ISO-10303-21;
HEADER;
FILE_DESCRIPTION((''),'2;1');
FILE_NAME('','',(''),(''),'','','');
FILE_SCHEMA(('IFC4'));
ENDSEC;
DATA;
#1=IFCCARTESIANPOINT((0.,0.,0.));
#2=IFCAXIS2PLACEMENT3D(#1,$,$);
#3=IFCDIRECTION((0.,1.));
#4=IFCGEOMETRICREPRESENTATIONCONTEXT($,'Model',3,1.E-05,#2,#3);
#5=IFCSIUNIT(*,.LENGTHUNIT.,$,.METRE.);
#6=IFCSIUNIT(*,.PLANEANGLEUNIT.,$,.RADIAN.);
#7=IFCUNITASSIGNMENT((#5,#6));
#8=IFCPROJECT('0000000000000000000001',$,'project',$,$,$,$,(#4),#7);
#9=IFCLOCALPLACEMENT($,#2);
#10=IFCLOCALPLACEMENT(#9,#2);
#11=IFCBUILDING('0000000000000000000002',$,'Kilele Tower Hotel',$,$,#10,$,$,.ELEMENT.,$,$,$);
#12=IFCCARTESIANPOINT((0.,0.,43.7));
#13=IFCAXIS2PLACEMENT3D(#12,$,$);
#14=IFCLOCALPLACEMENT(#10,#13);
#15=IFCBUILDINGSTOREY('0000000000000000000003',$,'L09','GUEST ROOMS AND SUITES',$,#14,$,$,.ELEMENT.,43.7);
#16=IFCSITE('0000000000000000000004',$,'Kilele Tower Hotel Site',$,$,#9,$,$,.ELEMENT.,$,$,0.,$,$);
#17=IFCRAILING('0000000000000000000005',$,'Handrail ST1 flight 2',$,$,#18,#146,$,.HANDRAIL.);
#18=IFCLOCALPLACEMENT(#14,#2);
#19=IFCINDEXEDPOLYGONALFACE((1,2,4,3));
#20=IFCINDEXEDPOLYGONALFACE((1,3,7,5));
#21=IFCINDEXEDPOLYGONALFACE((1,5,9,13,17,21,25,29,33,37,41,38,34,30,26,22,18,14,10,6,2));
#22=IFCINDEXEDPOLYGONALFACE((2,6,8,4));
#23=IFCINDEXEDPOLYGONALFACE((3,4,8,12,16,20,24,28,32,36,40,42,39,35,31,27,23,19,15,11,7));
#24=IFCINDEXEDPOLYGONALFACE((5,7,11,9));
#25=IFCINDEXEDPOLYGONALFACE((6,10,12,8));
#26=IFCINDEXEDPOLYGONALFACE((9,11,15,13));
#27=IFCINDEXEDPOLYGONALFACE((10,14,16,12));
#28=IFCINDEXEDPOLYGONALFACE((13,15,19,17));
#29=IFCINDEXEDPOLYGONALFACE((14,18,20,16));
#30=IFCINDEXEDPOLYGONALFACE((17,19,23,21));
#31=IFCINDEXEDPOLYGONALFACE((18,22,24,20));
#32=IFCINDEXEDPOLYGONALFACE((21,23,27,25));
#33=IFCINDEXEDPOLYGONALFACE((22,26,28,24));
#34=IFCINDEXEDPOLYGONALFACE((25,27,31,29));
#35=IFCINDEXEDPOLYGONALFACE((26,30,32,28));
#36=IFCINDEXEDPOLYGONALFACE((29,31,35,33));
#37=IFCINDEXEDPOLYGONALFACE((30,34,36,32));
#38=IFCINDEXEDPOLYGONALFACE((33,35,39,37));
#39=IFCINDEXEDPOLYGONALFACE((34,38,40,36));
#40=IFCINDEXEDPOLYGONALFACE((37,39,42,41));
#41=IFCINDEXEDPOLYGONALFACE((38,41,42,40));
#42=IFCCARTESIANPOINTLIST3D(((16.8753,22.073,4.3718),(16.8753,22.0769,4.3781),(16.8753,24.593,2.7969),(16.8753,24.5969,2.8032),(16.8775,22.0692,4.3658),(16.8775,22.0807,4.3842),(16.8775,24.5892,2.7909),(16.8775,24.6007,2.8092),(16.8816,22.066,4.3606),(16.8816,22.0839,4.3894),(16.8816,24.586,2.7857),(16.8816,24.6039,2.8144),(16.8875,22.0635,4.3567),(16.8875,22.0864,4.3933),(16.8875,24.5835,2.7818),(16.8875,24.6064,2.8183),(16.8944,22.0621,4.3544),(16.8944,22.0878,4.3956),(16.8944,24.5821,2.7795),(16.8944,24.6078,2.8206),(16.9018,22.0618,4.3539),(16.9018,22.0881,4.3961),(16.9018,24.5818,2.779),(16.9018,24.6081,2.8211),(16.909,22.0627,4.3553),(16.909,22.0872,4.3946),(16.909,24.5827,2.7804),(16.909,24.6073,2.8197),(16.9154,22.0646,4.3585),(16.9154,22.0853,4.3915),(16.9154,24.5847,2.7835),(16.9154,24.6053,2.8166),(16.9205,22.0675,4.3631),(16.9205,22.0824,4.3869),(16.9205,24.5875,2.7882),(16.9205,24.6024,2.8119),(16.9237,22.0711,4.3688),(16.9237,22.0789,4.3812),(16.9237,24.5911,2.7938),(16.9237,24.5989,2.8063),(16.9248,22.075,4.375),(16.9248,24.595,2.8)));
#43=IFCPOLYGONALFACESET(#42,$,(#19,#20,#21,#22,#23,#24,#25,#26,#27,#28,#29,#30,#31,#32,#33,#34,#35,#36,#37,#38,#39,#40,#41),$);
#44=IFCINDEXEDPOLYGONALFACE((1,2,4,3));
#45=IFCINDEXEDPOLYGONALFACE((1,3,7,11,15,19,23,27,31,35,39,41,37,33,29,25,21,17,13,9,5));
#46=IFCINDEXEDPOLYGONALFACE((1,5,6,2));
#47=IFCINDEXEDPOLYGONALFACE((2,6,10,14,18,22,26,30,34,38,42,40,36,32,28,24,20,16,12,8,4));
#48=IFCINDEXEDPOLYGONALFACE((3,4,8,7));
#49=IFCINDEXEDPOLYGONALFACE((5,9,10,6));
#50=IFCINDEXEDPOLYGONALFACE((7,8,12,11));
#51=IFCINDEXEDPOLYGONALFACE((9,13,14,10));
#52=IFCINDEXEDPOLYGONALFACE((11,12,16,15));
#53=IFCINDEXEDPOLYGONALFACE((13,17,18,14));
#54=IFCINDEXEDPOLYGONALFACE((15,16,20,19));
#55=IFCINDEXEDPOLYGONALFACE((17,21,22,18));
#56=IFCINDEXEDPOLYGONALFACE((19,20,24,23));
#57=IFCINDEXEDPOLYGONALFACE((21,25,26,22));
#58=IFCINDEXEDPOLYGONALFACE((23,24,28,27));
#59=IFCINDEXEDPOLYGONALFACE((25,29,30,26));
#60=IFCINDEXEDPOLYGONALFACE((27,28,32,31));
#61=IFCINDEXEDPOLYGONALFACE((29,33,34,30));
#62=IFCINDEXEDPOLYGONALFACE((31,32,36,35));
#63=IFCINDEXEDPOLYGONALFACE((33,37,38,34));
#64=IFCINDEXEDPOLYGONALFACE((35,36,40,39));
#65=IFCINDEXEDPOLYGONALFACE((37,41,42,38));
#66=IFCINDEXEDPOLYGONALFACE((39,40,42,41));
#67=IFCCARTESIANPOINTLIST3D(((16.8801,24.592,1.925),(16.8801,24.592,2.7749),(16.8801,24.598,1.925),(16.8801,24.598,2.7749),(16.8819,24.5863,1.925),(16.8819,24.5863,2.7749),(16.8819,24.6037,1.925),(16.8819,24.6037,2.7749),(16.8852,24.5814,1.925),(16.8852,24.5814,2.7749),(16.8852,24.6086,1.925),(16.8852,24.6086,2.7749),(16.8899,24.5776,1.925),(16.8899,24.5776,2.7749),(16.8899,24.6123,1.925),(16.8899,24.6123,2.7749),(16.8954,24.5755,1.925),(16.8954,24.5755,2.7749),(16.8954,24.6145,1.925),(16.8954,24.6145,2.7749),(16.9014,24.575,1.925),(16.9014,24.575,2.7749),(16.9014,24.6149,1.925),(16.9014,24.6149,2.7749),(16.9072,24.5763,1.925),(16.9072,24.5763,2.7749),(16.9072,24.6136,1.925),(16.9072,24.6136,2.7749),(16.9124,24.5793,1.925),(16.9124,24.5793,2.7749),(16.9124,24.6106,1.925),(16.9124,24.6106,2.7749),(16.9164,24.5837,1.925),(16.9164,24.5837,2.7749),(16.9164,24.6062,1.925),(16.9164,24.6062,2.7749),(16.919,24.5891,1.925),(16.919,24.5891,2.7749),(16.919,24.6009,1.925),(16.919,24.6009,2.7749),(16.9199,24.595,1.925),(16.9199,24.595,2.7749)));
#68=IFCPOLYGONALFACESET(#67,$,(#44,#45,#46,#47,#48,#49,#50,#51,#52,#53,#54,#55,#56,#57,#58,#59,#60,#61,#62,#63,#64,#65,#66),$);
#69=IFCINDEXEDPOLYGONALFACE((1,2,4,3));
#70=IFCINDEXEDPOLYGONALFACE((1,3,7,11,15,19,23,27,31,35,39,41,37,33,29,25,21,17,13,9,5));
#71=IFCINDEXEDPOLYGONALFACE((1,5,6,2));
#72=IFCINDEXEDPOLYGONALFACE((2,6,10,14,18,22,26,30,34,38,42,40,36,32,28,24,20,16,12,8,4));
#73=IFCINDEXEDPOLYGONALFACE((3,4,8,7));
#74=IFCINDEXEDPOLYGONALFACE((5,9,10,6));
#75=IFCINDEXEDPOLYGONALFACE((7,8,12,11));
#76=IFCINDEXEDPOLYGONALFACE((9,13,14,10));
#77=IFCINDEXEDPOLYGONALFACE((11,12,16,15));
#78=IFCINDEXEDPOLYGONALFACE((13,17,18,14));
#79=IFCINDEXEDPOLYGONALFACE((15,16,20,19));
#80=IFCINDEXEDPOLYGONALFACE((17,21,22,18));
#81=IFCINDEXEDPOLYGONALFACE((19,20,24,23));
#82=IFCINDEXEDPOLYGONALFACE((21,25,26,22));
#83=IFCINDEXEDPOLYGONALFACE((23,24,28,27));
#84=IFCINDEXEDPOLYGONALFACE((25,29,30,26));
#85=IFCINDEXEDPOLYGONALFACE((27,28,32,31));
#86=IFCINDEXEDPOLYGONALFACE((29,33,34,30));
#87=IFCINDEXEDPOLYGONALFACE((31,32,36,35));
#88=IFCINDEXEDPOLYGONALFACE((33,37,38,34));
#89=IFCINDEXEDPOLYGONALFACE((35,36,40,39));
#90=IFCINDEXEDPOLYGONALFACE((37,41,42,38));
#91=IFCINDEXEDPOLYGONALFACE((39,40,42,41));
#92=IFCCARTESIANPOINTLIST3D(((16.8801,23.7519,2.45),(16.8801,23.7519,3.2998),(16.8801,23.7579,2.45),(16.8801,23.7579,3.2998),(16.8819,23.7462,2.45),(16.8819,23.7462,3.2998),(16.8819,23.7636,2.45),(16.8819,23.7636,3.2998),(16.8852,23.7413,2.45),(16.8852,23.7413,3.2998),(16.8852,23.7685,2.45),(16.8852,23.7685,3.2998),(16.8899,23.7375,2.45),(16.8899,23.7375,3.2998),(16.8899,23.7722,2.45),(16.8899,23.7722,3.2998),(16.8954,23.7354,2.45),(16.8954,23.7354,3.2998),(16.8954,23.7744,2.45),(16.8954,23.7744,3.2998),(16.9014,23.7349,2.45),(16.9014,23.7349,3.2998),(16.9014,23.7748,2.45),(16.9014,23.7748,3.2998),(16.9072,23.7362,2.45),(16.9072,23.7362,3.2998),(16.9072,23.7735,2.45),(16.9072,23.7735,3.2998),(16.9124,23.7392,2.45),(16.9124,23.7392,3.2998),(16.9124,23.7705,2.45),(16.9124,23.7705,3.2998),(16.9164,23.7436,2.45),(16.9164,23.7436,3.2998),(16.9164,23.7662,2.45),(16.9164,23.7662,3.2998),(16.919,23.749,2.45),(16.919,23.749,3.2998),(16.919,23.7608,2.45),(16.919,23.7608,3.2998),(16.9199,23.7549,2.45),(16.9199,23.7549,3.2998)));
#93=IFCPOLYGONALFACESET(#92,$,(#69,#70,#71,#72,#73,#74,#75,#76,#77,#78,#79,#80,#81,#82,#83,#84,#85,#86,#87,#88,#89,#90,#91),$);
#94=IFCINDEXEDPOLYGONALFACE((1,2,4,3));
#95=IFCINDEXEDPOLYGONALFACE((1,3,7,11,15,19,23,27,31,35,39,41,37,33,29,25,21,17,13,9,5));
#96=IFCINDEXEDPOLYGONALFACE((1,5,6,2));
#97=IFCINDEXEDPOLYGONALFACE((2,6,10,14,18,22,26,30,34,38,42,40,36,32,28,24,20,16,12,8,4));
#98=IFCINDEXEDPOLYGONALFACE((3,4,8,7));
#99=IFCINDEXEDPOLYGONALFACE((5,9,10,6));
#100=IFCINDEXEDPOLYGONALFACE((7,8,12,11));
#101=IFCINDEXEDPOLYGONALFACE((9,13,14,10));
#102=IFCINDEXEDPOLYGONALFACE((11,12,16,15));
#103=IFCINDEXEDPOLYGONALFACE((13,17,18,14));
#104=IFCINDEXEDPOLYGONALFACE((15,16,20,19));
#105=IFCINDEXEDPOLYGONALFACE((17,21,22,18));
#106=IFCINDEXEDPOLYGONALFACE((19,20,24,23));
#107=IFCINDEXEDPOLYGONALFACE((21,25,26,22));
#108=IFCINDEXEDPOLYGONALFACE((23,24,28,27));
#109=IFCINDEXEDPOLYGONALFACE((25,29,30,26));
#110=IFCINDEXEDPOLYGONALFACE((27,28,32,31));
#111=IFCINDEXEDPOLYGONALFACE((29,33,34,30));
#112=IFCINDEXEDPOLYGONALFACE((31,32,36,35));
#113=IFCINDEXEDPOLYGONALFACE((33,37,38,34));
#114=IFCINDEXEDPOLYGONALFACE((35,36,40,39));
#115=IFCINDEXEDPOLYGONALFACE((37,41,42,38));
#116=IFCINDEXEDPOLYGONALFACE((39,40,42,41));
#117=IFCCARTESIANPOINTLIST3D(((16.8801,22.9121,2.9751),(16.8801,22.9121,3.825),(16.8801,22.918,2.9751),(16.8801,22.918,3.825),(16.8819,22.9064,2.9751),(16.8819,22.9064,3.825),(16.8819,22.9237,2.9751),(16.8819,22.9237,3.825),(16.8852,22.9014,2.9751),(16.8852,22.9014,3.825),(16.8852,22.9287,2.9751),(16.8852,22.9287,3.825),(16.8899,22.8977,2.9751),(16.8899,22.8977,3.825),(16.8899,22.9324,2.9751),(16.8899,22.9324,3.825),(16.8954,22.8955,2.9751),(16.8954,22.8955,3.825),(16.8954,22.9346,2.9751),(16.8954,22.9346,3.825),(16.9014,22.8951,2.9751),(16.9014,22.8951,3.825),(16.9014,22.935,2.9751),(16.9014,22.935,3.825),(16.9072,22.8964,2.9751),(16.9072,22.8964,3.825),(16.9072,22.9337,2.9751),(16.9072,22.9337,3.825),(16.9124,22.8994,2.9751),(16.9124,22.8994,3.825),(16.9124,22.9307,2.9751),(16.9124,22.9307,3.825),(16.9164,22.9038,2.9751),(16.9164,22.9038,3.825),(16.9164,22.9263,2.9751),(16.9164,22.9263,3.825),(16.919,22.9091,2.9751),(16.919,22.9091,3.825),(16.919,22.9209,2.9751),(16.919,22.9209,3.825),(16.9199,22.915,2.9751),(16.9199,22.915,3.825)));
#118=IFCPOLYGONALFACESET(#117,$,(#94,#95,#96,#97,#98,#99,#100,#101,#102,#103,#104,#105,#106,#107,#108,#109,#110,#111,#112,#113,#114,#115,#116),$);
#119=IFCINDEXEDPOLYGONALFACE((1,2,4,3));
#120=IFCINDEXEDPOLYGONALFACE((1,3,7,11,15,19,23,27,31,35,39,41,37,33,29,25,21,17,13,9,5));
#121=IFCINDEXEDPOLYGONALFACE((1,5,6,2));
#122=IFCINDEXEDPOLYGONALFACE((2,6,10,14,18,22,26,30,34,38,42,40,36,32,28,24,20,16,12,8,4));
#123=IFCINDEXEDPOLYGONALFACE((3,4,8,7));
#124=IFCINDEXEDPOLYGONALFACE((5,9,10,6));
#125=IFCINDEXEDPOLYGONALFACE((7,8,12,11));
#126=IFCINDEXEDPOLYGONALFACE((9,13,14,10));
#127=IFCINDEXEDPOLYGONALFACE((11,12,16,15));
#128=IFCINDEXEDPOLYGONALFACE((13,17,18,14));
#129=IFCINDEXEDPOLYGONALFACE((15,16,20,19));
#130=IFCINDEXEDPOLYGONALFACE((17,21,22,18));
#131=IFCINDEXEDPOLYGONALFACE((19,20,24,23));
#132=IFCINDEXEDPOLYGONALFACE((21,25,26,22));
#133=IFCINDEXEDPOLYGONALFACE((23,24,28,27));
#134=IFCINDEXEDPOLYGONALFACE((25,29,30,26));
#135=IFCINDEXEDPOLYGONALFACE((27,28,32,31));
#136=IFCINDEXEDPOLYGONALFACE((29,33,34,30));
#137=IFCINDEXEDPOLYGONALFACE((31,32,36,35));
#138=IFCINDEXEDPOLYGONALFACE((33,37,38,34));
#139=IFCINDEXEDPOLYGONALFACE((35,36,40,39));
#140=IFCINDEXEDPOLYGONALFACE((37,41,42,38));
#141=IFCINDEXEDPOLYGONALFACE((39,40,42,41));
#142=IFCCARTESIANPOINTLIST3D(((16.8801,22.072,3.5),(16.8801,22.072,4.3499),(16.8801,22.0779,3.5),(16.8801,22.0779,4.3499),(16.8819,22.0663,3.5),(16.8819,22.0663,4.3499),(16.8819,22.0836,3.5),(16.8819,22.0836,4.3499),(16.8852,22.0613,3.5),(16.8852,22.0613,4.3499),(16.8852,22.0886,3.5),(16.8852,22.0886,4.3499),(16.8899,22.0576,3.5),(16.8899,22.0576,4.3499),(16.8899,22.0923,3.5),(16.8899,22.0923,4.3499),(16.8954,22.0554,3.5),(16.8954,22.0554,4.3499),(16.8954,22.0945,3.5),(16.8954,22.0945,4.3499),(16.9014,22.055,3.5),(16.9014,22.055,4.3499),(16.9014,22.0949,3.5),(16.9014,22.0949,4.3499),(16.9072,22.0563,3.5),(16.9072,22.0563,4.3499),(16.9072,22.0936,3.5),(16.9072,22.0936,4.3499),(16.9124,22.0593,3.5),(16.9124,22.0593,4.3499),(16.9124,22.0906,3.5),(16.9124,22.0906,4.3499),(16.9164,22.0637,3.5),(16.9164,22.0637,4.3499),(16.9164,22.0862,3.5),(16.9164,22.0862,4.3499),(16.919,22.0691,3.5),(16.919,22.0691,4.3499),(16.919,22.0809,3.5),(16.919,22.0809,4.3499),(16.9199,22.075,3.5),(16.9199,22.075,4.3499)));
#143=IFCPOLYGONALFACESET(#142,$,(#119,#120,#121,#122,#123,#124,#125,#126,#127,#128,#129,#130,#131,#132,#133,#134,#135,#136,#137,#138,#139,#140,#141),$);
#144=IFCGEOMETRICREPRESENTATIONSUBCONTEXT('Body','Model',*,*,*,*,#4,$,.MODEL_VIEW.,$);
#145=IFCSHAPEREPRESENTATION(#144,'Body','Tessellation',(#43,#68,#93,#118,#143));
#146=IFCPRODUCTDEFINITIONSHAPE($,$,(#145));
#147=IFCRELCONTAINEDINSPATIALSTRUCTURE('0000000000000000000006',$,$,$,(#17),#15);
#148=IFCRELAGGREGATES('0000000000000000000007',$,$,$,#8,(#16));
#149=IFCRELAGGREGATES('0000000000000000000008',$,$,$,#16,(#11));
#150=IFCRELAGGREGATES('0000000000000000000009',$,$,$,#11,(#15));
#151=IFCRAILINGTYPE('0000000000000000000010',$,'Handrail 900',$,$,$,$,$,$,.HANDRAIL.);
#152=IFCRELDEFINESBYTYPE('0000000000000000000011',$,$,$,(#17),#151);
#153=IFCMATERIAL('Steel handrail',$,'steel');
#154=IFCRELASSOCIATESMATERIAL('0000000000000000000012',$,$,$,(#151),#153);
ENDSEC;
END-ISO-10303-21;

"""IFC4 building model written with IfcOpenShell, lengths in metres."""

from ifc_helpers import new_model, si_unit, direction, frame, origin, origin_2d, place, context, subcontext, project, spatial, circle, extrude, material, type_object, element, save


model = new_model("IFC4")

# Units and contexts
model_context = context("Model", 3, precision=1e-05, world=origin(), true_north=direction((0.0, 1.0)))
body_context = subcontext(model_context, "Body", "Model", "MODEL_VIEW")
ifc_project = project(units=[si_unit("LENGTHUNIT", "METRE"), si_unit("PLANEANGLEUNIT", "RADIAN")], contexts=[model_context])

# Site, building, storey
site_placement = place(None, origin())
site = spatial("IfcSite", under=ifc_project, at=site_placement, Name="Kilele Tower Hotel Site", CompositionType="ELEMENT", RefElevation=0.0)
building_placement = place(site_placement, origin())
building = spatial("IfcBuilding", under=site, at=building_placement, Name="Kilele Tower Hotel", CompositionType="ELEMENT")
storey_placement = place(building_placement, frame((0.0, 0.0, 43.7)))
storey = spatial("IfcBuildingStorey", under=building, at=storey_placement, Name="L09", Description="GUEST ROOMS AND SUITES", CompositionType="ELEMENT", Elevation=43.7)

# Railing
ifc_material_1 = material(Name="Steel handrail", Category="steel")
railing_type_1 = type_object("IfcRailingType", Name="Handrail 900", PredefinedType="HANDRAIL", material=ifc_material_1)
for number, where, name in (
    (1, (16.8999, 24.595, 1.925), "Handrail ST1 flight 2"),
):
    element("IfcRailing", number, at=place(storey_placement, frame(where)), inside=storey, type_object=railing_type_1, Name=name, PredefinedType="HANDRAIL", context=body_context, shape_type="SweptSolid", body=[
        extrude(circle(Radius=0.0249, at=origin_2d()), frame((0.0, 0.0, 0.875), z_axis=(0.0, -0.848008, 0.529984), x_axis=(1.0, 0.0, 0.0)), (0.0, 0.0, 1.0), 2.9717),
        extrude(circle(Radius=0.02, at=origin_2d()), origin(), (0.0, 0.0, 1.0), 0.8499),
        extrude(circle(Radius=0.02, at=origin_2d()), frame((0.0, -0.8401, 0.5249)), (0.0, 0.0, 1.0), 0.8499),
        extrude(circle(Radius=0.02, at=origin_2d()), frame((0.0, -1.6799, 1.05)), (0.0, 0.0, 1.0), 0.8499),
        extrude(circle(Radius=0.02, at=origin_2d()), frame((0.0, -2.52, 1.575)), (0.0, 0.0, 1.0), 0.8499),
    ])

save(model, "model.ifc")
